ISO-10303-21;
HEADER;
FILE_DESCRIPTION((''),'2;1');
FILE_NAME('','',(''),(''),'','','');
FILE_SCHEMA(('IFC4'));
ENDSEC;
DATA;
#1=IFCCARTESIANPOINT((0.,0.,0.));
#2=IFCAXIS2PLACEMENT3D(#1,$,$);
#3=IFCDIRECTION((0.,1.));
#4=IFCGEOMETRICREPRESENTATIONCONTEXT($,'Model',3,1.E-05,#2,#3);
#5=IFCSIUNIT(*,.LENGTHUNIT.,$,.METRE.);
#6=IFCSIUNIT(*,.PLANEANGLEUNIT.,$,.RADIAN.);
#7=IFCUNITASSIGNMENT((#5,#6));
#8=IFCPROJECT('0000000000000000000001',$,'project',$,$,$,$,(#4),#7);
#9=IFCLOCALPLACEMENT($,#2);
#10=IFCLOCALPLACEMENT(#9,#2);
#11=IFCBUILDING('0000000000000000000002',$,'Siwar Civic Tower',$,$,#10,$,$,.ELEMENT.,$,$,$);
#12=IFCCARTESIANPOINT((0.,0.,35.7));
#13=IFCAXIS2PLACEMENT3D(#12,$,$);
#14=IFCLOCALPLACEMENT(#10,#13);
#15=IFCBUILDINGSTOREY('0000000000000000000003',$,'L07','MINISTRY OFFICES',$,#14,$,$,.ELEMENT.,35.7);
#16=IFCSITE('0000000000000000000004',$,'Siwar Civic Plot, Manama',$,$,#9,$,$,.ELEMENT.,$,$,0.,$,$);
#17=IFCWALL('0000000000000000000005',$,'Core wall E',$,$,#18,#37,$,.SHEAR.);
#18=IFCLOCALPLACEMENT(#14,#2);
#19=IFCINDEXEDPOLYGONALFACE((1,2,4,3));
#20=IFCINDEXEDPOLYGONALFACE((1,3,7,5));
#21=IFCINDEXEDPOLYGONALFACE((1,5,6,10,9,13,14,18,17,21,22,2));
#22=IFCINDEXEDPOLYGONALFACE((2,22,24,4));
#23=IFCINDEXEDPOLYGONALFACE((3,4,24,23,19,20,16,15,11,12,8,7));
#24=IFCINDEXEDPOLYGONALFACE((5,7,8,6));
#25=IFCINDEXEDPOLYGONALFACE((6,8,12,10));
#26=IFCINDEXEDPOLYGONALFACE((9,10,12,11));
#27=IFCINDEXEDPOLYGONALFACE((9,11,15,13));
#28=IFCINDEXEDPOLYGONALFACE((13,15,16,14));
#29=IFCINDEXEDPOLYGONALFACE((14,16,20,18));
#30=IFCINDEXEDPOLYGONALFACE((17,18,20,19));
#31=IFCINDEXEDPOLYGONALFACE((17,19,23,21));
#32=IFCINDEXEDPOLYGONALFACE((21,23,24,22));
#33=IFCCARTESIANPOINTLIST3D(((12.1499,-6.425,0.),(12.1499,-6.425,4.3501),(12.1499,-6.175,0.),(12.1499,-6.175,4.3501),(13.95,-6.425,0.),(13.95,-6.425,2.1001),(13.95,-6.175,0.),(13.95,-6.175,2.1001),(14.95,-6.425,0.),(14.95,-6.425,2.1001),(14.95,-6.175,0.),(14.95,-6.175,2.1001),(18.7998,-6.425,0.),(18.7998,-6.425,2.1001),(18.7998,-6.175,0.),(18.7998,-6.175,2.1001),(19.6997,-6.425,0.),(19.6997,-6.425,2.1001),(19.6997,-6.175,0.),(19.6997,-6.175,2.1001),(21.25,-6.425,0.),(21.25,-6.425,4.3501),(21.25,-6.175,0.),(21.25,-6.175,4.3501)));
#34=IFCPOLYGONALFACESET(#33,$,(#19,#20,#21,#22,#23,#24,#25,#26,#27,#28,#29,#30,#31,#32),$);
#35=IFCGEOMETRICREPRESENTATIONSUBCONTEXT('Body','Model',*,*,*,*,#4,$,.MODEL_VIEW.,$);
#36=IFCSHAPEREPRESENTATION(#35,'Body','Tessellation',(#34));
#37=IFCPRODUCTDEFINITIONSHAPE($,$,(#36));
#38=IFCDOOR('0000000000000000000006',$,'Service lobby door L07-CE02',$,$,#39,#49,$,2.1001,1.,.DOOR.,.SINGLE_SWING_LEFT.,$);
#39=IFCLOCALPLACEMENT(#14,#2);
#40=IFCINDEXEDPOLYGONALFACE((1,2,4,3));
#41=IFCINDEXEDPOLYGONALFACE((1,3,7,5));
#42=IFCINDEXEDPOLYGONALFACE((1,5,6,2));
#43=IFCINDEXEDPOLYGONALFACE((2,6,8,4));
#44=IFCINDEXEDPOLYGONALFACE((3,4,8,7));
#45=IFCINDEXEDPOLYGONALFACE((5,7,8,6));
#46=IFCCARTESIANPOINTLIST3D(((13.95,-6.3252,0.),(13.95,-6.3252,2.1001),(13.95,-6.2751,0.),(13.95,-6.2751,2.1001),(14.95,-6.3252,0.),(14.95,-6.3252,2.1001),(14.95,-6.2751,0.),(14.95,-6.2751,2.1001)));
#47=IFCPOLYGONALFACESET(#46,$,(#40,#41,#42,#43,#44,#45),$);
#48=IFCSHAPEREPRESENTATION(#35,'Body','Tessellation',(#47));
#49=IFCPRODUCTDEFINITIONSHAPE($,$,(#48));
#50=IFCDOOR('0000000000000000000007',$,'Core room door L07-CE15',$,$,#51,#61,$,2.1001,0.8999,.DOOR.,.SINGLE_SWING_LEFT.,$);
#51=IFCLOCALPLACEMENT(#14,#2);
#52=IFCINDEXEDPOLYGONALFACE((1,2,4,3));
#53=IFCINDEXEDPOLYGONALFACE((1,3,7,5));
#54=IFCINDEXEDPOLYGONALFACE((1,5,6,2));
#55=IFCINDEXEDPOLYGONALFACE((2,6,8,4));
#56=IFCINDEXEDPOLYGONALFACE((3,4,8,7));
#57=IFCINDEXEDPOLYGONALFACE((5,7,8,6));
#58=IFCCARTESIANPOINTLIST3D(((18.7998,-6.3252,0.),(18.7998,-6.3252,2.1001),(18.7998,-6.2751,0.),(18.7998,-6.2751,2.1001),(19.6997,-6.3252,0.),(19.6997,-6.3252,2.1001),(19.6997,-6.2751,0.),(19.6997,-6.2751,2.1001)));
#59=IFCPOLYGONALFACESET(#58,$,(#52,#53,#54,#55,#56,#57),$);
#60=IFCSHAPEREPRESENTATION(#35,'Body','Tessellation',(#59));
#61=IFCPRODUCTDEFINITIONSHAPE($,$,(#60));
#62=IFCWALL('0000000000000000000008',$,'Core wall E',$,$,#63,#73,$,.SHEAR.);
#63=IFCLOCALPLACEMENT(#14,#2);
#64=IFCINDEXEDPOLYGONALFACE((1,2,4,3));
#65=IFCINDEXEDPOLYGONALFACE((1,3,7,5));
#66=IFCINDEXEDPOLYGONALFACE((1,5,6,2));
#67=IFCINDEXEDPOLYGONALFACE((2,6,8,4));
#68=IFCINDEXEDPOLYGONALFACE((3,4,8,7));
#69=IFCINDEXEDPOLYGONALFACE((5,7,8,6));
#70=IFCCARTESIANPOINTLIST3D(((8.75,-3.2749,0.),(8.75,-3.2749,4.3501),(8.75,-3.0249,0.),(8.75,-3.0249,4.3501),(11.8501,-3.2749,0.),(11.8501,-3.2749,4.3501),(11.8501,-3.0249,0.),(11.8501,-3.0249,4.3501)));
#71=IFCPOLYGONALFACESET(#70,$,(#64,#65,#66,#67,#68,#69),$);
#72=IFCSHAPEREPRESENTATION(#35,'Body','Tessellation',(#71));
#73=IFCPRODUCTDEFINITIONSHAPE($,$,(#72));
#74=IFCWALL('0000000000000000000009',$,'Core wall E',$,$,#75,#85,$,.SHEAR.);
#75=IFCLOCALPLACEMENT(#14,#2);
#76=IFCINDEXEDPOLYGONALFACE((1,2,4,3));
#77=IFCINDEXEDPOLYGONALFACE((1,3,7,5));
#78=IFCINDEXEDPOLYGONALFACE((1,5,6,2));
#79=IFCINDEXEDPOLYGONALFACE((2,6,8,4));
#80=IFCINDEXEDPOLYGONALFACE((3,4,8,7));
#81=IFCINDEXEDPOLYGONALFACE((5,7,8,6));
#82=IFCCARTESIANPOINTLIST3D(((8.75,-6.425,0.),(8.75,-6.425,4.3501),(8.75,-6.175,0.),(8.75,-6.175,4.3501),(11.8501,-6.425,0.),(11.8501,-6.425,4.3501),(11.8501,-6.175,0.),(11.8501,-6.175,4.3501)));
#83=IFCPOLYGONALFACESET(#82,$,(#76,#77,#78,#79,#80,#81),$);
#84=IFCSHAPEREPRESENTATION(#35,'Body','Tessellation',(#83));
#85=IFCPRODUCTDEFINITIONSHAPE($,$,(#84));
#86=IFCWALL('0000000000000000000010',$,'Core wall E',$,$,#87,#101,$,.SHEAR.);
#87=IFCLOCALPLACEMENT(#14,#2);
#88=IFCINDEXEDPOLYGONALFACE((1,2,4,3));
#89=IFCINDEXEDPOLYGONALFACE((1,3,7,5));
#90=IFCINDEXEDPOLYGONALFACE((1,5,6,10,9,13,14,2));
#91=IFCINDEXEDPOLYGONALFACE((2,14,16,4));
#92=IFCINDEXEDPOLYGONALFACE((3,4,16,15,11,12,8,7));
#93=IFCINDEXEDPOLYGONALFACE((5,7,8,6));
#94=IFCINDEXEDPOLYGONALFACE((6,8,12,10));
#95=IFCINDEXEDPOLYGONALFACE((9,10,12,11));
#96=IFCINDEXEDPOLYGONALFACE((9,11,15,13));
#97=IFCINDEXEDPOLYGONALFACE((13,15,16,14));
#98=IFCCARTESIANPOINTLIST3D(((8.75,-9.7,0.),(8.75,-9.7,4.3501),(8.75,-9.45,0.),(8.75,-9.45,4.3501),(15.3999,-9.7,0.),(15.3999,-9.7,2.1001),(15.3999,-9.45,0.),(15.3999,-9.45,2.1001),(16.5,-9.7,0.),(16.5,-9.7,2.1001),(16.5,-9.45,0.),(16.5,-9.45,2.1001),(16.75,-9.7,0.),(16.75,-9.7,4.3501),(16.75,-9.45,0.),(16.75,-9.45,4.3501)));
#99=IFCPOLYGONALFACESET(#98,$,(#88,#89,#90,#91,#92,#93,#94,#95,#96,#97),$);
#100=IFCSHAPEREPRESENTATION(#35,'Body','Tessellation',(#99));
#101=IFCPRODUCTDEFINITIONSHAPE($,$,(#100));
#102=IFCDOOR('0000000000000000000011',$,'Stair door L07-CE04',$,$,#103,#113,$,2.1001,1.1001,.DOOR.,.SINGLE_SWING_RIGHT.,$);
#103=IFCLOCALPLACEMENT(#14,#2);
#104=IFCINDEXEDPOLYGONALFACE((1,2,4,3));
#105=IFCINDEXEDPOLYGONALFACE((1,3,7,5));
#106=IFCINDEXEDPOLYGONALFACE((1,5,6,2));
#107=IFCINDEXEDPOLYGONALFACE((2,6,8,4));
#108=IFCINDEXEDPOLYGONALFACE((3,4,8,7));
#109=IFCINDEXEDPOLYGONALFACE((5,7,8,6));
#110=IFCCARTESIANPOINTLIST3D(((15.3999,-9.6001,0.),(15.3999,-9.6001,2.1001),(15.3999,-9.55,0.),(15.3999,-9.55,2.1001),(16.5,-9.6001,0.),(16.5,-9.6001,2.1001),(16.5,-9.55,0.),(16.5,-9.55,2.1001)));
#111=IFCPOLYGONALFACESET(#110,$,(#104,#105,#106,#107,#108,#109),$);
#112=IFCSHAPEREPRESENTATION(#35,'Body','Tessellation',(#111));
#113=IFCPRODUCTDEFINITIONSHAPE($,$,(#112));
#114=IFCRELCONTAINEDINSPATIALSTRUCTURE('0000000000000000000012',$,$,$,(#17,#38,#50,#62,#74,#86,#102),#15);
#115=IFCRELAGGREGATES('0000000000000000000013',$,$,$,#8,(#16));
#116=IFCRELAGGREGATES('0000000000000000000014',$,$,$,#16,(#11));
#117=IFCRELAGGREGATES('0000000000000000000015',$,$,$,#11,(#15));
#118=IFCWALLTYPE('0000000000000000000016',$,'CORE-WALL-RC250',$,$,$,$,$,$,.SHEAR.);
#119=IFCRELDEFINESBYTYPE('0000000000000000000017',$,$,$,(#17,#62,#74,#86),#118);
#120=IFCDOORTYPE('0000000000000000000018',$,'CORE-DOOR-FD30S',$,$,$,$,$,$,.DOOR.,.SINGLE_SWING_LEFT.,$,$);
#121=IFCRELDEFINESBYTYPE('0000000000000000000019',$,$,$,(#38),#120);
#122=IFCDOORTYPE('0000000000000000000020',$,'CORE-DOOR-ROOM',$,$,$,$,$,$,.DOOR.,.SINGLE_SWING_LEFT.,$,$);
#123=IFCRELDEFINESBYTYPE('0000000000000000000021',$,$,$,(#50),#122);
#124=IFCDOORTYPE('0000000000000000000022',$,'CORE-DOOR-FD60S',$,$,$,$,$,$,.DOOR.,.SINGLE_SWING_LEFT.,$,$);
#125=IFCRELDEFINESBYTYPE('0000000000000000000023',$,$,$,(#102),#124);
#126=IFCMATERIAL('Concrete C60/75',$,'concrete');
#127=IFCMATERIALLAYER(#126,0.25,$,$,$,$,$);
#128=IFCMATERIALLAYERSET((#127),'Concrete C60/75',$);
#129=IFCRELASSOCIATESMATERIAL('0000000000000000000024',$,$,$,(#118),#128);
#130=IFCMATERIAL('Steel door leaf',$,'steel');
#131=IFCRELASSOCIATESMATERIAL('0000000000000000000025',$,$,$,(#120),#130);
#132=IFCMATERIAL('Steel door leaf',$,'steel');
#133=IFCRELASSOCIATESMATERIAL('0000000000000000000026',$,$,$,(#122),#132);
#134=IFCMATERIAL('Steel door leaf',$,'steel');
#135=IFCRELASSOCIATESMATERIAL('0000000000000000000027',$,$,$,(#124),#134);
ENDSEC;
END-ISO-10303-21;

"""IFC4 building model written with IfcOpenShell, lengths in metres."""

from ifc_helpers import new_model, si_unit, direction, frame, frame_2d, origin, place, context, subcontext, project, spatial, rectangle, extrude, material, layer, layer_set, type_object, element, fill, save


model = new_model("IFC4")

# Units and contexts
model_context = context("Model", 3, precision=1e-05, world=origin(), true_north=direction((0.0, 1.0)))
body_context = subcontext(model_context, "Body", "Model", "MODEL_VIEW")
ifc_project = project(units=[si_unit("LENGTHUNIT", "METRE"), si_unit("PLANEANGLEUNIT", "RADIAN")], contexts=[model_context])

# Site, building, storey
site_placement = place(None, origin())
site = spatial("IfcSite", under=ifc_project, at=site_placement, Name="Siwar Civic Plot, Manama", CompositionType="ELEMENT", RefElevation=0.0)
building_placement = place(site_placement, origin())
building = spatial("IfcBuilding", under=site, at=building_placement, Name="Siwar Civic Tower", CompositionType="ELEMENT")
storey_placement = place(building_placement, frame((0.0, 0.0, 35.7)))
storey = spatial("IfcBuildingStorey", under=building, at=storey_placement, Name="L07", Description="MINISTRY OFFICES", CompositionType="ELEMENT", Elevation=35.7)

# Wall, openings, doors
ifc_material_1 = material(Name="Concrete C60/75", Category="concrete")
ifc_layer_1 = layer(ifc_material_1, 0.25)
ifc_layer_set_1 = layer_set([ifc_layer_1], Name="Concrete C60/75")
wall_type_1 = type_object("IfcWallType", Name="CORE-WALL-RC250", PredefinedType="SHEAR", material=ifc_layer_set_1)
wall_1_placement = place(storey_placement, frame((12.1499, -6.3, 0.0), z_axis=(0.0, 0.0, 1.0), x_axis=(1.0, 0.0, 0.0)))
wall_1 = element("IfcWall", 1, at=wall_1_placement, inside=storey, type_object=wall_type_1, Name="Core wall E", PredefinedType="SHEAR", context=body_context, shape_type="SweptSolid", body=[
    extrude(rectangle(XDim=9.1001, YDim=0.25, at=frame_2d((4.55, 0.0))), origin(), (0.0, 0.0, 1.0), 4.3501),
])
opening_1_placement = place(wall_1_placement, frame((1.8, 0.0, 0.0)))
opening_1 = element("IfcOpeningElement", 2, at=opening_1_placement, cuts=wall_1, PredefinedType="OPENING", context=body_context, shape_type="SweptSolid", body=[
    extrude(rectangle(XDim=1.0, YDim=2.1001, at=frame_2d((0.5, 1.05))), frame((0.0, 0.135, 0.0), z_axis=(0.0, -1.0, 0.0), x_axis=(1.0, 0.0, 0.0)), (0.0, 0.0, 1.0), 0.27),
])
opening_2_placement = place(wall_1_placement, frame((6.6499, 0.0, 0.0)))
opening_2 = element("IfcOpeningElement", 3, at=opening_2_placement, cuts=wall_1, PredefinedType="OPENING", context=body_context, shape_type="SweptSolid", body=[
    extrude(rectangle(XDim=0.8999, YDim=2.1001, at=frame_2d((0.45, 1.05))), frame((0.0, 0.135, 0.0), z_axis=(0.0, -1.0, 0.0), x_axis=(1.0, 0.0, 0.0)), (0.0, 0.0, 1.0), 0.27),
])
ifc_material_2 = material(Name="Steel door leaf", Category="steel")
door_type_1 = type_object("IfcDoorType", Name="CORE-DOOR-FD30S", OperationType="SINGLE_SWING_LEFT", PredefinedType="DOOR", material=ifc_material_2)
door_1_placement = place(opening_1_placement, origin())
door_1 = element("IfcDoor", 4, at=door_1_placement, inside=storey, type_object=door_type_1, Name="Service lobby door L07-CE02", OperationType="SINGLE_SWING_LEFT", OverallHeight=2.1001, OverallWidth=1.0, PredefinedType="DOOR", context=body_context, shape_type="SweptSolid", body=[
    extrude(rectangle(XDim=1.0, YDim=2.1001, at=frame_2d((0.5, 1.05))), frame((0.0, 0.0249, 0.0), z_axis=(0.0, -1.0, 0.0), x_axis=(1.0, 0.0, 0.0)), (0.0, 0.0, 1.0), 0.05),
])
fill(opening_1, door_1)
ifc_material_3 = material(Name="Steel door leaf", Category="steel")
door_type_2 = type_object("IfcDoorType", Name="CORE-DOOR-ROOM", OperationType="SINGLE_SWING_LEFT", PredefinedType="DOOR", material=ifc_material_3)
door_2_placement = place(opening_2_placement, origin())
door_2 = element("IfcDoor", 5, at=door_2_placement, inside=storey, type_object=door_type_2, Name="Core room door L07-CE15", OperationType="SINGLE_SWING_LEFT", OverallHeight=2.1001, OverallWidth=0.8999, PredefinedType="DOOR", context=body_context, shape_type="SweptSolid", body=[
    extrude(rectangle(XDim=0.8999, YDim=2.1001, at=frame_2d((0.45, 1.05))), frame((0.0, 0.0249, 0.0), z_axis=(0.0, -1.0, 0.0), x_axis=(1.0, 0.0, 0.0)), (0.0, 0.0, 1.0), 0.05),
])
fill(opening_2, door_2)

# Walls
for number, where, z_axis, x_axis, name in (
    (6, (8.75, -3.1499, 0.0), (0.0, 0.0, 1.0), (1.0, 0.0, 0.0), "Core wall E"),
    (7, (8.75, -6.3, 0.0), (0.0, 0.0, 1.0), (1.0, 0.0, 0.0), "Core wall E"),
):
    element("IfcWall", number, at=place(storey_placement, frame(where, z_axis=z_axis, x_axis=x_axis)), inside=storey, type_object=wall_type_1, Name=name, PredefinedType="SHEAR", context=body_context, shape_type="SweptSolid", body=[
        extrude(rectangle(XDim=3.1001, YDim=0.25, at=frame_2d((1.55, 0.0))), origin(), (0.0, 0.0, 1.0), 4.3501),
    ])

# Wall, opening, door
wall_2_placement = place(storey_placement, frame((8.75, -9.575, 0.0), z_axis=(0.0, 0.0, 1.0), x_axis=(1.0, 0.0, 0.0)))
wall_2 = element("IfcWall", 8, at=wall_2_placement, inside=storey, type_object=wall_type_1, Name="Core wall E", PredefinedType="SHEAR", context=body_context, shape_type="SweptSolid", body=[
    extrude(rectangle(XDim=8.0, YDim=0.25, at=frame_2d((4.0, 0.0))), origin(), (0.0, 0.0, 1.0), 4.3501),
])
opening_3_placement = place(wall_2_placement, frame((6.6499, 0.0, 0.0)))
opening_3 = element("IfcOpeningElement", 9, at=opening_3_placement, cuts=wall_2, PredefinedType="OPENING", context=body_context, shape_type="SweptSolid", body=[
    extrude(rectangle(XDim=1.1001, YDim=2.1001, at=frame_2d((0.55, 1.05))), frame((0.0, 0.135, 0.0), z_axis=(0.0, -1.0, 0.0), x_axis=(1.0, 0.0, 0.0)), (0.0, 0.0, 1.0), 0.27),
])
ifc_material_4 = material(Name="Steel door leaf", Category="steel")
door_type_3 = type_object("IfcDoorType", Name="CORE-DOOR-FD60S", OperationType="SINGLE_SWING_LEFT", PredefinedType="DOOR", material=ifc_material_4)
door_3_placement = place(opening_3_placement, origin())
door_3 = element("IfcDoor", 10, at=door_3_placement, inside=storey, type_object=door_type_3, Name="Stair door L07-CE04", OperationType="SINGLE_SWING_RIGHT", OverallHeight=2.1001, OverallWidth=1.1001, PredefinedType="DOOR", context=body_context, shape_type="SweptSolid", body=[
    extrude(rectangle(XDim=1.1001, YDim=2.1001, at=frame_2d((0.55, 1.05))), frame((0.0, 0.0249, 0.0), z_axis=(0.0, -1.0, 0.0), x_axis=(1.0, 0.0, 0.0)), (0.0, 0.0, 1.0), 0.05),
])
fill(opening_3, door_3)

save(model, "model.ifc")
